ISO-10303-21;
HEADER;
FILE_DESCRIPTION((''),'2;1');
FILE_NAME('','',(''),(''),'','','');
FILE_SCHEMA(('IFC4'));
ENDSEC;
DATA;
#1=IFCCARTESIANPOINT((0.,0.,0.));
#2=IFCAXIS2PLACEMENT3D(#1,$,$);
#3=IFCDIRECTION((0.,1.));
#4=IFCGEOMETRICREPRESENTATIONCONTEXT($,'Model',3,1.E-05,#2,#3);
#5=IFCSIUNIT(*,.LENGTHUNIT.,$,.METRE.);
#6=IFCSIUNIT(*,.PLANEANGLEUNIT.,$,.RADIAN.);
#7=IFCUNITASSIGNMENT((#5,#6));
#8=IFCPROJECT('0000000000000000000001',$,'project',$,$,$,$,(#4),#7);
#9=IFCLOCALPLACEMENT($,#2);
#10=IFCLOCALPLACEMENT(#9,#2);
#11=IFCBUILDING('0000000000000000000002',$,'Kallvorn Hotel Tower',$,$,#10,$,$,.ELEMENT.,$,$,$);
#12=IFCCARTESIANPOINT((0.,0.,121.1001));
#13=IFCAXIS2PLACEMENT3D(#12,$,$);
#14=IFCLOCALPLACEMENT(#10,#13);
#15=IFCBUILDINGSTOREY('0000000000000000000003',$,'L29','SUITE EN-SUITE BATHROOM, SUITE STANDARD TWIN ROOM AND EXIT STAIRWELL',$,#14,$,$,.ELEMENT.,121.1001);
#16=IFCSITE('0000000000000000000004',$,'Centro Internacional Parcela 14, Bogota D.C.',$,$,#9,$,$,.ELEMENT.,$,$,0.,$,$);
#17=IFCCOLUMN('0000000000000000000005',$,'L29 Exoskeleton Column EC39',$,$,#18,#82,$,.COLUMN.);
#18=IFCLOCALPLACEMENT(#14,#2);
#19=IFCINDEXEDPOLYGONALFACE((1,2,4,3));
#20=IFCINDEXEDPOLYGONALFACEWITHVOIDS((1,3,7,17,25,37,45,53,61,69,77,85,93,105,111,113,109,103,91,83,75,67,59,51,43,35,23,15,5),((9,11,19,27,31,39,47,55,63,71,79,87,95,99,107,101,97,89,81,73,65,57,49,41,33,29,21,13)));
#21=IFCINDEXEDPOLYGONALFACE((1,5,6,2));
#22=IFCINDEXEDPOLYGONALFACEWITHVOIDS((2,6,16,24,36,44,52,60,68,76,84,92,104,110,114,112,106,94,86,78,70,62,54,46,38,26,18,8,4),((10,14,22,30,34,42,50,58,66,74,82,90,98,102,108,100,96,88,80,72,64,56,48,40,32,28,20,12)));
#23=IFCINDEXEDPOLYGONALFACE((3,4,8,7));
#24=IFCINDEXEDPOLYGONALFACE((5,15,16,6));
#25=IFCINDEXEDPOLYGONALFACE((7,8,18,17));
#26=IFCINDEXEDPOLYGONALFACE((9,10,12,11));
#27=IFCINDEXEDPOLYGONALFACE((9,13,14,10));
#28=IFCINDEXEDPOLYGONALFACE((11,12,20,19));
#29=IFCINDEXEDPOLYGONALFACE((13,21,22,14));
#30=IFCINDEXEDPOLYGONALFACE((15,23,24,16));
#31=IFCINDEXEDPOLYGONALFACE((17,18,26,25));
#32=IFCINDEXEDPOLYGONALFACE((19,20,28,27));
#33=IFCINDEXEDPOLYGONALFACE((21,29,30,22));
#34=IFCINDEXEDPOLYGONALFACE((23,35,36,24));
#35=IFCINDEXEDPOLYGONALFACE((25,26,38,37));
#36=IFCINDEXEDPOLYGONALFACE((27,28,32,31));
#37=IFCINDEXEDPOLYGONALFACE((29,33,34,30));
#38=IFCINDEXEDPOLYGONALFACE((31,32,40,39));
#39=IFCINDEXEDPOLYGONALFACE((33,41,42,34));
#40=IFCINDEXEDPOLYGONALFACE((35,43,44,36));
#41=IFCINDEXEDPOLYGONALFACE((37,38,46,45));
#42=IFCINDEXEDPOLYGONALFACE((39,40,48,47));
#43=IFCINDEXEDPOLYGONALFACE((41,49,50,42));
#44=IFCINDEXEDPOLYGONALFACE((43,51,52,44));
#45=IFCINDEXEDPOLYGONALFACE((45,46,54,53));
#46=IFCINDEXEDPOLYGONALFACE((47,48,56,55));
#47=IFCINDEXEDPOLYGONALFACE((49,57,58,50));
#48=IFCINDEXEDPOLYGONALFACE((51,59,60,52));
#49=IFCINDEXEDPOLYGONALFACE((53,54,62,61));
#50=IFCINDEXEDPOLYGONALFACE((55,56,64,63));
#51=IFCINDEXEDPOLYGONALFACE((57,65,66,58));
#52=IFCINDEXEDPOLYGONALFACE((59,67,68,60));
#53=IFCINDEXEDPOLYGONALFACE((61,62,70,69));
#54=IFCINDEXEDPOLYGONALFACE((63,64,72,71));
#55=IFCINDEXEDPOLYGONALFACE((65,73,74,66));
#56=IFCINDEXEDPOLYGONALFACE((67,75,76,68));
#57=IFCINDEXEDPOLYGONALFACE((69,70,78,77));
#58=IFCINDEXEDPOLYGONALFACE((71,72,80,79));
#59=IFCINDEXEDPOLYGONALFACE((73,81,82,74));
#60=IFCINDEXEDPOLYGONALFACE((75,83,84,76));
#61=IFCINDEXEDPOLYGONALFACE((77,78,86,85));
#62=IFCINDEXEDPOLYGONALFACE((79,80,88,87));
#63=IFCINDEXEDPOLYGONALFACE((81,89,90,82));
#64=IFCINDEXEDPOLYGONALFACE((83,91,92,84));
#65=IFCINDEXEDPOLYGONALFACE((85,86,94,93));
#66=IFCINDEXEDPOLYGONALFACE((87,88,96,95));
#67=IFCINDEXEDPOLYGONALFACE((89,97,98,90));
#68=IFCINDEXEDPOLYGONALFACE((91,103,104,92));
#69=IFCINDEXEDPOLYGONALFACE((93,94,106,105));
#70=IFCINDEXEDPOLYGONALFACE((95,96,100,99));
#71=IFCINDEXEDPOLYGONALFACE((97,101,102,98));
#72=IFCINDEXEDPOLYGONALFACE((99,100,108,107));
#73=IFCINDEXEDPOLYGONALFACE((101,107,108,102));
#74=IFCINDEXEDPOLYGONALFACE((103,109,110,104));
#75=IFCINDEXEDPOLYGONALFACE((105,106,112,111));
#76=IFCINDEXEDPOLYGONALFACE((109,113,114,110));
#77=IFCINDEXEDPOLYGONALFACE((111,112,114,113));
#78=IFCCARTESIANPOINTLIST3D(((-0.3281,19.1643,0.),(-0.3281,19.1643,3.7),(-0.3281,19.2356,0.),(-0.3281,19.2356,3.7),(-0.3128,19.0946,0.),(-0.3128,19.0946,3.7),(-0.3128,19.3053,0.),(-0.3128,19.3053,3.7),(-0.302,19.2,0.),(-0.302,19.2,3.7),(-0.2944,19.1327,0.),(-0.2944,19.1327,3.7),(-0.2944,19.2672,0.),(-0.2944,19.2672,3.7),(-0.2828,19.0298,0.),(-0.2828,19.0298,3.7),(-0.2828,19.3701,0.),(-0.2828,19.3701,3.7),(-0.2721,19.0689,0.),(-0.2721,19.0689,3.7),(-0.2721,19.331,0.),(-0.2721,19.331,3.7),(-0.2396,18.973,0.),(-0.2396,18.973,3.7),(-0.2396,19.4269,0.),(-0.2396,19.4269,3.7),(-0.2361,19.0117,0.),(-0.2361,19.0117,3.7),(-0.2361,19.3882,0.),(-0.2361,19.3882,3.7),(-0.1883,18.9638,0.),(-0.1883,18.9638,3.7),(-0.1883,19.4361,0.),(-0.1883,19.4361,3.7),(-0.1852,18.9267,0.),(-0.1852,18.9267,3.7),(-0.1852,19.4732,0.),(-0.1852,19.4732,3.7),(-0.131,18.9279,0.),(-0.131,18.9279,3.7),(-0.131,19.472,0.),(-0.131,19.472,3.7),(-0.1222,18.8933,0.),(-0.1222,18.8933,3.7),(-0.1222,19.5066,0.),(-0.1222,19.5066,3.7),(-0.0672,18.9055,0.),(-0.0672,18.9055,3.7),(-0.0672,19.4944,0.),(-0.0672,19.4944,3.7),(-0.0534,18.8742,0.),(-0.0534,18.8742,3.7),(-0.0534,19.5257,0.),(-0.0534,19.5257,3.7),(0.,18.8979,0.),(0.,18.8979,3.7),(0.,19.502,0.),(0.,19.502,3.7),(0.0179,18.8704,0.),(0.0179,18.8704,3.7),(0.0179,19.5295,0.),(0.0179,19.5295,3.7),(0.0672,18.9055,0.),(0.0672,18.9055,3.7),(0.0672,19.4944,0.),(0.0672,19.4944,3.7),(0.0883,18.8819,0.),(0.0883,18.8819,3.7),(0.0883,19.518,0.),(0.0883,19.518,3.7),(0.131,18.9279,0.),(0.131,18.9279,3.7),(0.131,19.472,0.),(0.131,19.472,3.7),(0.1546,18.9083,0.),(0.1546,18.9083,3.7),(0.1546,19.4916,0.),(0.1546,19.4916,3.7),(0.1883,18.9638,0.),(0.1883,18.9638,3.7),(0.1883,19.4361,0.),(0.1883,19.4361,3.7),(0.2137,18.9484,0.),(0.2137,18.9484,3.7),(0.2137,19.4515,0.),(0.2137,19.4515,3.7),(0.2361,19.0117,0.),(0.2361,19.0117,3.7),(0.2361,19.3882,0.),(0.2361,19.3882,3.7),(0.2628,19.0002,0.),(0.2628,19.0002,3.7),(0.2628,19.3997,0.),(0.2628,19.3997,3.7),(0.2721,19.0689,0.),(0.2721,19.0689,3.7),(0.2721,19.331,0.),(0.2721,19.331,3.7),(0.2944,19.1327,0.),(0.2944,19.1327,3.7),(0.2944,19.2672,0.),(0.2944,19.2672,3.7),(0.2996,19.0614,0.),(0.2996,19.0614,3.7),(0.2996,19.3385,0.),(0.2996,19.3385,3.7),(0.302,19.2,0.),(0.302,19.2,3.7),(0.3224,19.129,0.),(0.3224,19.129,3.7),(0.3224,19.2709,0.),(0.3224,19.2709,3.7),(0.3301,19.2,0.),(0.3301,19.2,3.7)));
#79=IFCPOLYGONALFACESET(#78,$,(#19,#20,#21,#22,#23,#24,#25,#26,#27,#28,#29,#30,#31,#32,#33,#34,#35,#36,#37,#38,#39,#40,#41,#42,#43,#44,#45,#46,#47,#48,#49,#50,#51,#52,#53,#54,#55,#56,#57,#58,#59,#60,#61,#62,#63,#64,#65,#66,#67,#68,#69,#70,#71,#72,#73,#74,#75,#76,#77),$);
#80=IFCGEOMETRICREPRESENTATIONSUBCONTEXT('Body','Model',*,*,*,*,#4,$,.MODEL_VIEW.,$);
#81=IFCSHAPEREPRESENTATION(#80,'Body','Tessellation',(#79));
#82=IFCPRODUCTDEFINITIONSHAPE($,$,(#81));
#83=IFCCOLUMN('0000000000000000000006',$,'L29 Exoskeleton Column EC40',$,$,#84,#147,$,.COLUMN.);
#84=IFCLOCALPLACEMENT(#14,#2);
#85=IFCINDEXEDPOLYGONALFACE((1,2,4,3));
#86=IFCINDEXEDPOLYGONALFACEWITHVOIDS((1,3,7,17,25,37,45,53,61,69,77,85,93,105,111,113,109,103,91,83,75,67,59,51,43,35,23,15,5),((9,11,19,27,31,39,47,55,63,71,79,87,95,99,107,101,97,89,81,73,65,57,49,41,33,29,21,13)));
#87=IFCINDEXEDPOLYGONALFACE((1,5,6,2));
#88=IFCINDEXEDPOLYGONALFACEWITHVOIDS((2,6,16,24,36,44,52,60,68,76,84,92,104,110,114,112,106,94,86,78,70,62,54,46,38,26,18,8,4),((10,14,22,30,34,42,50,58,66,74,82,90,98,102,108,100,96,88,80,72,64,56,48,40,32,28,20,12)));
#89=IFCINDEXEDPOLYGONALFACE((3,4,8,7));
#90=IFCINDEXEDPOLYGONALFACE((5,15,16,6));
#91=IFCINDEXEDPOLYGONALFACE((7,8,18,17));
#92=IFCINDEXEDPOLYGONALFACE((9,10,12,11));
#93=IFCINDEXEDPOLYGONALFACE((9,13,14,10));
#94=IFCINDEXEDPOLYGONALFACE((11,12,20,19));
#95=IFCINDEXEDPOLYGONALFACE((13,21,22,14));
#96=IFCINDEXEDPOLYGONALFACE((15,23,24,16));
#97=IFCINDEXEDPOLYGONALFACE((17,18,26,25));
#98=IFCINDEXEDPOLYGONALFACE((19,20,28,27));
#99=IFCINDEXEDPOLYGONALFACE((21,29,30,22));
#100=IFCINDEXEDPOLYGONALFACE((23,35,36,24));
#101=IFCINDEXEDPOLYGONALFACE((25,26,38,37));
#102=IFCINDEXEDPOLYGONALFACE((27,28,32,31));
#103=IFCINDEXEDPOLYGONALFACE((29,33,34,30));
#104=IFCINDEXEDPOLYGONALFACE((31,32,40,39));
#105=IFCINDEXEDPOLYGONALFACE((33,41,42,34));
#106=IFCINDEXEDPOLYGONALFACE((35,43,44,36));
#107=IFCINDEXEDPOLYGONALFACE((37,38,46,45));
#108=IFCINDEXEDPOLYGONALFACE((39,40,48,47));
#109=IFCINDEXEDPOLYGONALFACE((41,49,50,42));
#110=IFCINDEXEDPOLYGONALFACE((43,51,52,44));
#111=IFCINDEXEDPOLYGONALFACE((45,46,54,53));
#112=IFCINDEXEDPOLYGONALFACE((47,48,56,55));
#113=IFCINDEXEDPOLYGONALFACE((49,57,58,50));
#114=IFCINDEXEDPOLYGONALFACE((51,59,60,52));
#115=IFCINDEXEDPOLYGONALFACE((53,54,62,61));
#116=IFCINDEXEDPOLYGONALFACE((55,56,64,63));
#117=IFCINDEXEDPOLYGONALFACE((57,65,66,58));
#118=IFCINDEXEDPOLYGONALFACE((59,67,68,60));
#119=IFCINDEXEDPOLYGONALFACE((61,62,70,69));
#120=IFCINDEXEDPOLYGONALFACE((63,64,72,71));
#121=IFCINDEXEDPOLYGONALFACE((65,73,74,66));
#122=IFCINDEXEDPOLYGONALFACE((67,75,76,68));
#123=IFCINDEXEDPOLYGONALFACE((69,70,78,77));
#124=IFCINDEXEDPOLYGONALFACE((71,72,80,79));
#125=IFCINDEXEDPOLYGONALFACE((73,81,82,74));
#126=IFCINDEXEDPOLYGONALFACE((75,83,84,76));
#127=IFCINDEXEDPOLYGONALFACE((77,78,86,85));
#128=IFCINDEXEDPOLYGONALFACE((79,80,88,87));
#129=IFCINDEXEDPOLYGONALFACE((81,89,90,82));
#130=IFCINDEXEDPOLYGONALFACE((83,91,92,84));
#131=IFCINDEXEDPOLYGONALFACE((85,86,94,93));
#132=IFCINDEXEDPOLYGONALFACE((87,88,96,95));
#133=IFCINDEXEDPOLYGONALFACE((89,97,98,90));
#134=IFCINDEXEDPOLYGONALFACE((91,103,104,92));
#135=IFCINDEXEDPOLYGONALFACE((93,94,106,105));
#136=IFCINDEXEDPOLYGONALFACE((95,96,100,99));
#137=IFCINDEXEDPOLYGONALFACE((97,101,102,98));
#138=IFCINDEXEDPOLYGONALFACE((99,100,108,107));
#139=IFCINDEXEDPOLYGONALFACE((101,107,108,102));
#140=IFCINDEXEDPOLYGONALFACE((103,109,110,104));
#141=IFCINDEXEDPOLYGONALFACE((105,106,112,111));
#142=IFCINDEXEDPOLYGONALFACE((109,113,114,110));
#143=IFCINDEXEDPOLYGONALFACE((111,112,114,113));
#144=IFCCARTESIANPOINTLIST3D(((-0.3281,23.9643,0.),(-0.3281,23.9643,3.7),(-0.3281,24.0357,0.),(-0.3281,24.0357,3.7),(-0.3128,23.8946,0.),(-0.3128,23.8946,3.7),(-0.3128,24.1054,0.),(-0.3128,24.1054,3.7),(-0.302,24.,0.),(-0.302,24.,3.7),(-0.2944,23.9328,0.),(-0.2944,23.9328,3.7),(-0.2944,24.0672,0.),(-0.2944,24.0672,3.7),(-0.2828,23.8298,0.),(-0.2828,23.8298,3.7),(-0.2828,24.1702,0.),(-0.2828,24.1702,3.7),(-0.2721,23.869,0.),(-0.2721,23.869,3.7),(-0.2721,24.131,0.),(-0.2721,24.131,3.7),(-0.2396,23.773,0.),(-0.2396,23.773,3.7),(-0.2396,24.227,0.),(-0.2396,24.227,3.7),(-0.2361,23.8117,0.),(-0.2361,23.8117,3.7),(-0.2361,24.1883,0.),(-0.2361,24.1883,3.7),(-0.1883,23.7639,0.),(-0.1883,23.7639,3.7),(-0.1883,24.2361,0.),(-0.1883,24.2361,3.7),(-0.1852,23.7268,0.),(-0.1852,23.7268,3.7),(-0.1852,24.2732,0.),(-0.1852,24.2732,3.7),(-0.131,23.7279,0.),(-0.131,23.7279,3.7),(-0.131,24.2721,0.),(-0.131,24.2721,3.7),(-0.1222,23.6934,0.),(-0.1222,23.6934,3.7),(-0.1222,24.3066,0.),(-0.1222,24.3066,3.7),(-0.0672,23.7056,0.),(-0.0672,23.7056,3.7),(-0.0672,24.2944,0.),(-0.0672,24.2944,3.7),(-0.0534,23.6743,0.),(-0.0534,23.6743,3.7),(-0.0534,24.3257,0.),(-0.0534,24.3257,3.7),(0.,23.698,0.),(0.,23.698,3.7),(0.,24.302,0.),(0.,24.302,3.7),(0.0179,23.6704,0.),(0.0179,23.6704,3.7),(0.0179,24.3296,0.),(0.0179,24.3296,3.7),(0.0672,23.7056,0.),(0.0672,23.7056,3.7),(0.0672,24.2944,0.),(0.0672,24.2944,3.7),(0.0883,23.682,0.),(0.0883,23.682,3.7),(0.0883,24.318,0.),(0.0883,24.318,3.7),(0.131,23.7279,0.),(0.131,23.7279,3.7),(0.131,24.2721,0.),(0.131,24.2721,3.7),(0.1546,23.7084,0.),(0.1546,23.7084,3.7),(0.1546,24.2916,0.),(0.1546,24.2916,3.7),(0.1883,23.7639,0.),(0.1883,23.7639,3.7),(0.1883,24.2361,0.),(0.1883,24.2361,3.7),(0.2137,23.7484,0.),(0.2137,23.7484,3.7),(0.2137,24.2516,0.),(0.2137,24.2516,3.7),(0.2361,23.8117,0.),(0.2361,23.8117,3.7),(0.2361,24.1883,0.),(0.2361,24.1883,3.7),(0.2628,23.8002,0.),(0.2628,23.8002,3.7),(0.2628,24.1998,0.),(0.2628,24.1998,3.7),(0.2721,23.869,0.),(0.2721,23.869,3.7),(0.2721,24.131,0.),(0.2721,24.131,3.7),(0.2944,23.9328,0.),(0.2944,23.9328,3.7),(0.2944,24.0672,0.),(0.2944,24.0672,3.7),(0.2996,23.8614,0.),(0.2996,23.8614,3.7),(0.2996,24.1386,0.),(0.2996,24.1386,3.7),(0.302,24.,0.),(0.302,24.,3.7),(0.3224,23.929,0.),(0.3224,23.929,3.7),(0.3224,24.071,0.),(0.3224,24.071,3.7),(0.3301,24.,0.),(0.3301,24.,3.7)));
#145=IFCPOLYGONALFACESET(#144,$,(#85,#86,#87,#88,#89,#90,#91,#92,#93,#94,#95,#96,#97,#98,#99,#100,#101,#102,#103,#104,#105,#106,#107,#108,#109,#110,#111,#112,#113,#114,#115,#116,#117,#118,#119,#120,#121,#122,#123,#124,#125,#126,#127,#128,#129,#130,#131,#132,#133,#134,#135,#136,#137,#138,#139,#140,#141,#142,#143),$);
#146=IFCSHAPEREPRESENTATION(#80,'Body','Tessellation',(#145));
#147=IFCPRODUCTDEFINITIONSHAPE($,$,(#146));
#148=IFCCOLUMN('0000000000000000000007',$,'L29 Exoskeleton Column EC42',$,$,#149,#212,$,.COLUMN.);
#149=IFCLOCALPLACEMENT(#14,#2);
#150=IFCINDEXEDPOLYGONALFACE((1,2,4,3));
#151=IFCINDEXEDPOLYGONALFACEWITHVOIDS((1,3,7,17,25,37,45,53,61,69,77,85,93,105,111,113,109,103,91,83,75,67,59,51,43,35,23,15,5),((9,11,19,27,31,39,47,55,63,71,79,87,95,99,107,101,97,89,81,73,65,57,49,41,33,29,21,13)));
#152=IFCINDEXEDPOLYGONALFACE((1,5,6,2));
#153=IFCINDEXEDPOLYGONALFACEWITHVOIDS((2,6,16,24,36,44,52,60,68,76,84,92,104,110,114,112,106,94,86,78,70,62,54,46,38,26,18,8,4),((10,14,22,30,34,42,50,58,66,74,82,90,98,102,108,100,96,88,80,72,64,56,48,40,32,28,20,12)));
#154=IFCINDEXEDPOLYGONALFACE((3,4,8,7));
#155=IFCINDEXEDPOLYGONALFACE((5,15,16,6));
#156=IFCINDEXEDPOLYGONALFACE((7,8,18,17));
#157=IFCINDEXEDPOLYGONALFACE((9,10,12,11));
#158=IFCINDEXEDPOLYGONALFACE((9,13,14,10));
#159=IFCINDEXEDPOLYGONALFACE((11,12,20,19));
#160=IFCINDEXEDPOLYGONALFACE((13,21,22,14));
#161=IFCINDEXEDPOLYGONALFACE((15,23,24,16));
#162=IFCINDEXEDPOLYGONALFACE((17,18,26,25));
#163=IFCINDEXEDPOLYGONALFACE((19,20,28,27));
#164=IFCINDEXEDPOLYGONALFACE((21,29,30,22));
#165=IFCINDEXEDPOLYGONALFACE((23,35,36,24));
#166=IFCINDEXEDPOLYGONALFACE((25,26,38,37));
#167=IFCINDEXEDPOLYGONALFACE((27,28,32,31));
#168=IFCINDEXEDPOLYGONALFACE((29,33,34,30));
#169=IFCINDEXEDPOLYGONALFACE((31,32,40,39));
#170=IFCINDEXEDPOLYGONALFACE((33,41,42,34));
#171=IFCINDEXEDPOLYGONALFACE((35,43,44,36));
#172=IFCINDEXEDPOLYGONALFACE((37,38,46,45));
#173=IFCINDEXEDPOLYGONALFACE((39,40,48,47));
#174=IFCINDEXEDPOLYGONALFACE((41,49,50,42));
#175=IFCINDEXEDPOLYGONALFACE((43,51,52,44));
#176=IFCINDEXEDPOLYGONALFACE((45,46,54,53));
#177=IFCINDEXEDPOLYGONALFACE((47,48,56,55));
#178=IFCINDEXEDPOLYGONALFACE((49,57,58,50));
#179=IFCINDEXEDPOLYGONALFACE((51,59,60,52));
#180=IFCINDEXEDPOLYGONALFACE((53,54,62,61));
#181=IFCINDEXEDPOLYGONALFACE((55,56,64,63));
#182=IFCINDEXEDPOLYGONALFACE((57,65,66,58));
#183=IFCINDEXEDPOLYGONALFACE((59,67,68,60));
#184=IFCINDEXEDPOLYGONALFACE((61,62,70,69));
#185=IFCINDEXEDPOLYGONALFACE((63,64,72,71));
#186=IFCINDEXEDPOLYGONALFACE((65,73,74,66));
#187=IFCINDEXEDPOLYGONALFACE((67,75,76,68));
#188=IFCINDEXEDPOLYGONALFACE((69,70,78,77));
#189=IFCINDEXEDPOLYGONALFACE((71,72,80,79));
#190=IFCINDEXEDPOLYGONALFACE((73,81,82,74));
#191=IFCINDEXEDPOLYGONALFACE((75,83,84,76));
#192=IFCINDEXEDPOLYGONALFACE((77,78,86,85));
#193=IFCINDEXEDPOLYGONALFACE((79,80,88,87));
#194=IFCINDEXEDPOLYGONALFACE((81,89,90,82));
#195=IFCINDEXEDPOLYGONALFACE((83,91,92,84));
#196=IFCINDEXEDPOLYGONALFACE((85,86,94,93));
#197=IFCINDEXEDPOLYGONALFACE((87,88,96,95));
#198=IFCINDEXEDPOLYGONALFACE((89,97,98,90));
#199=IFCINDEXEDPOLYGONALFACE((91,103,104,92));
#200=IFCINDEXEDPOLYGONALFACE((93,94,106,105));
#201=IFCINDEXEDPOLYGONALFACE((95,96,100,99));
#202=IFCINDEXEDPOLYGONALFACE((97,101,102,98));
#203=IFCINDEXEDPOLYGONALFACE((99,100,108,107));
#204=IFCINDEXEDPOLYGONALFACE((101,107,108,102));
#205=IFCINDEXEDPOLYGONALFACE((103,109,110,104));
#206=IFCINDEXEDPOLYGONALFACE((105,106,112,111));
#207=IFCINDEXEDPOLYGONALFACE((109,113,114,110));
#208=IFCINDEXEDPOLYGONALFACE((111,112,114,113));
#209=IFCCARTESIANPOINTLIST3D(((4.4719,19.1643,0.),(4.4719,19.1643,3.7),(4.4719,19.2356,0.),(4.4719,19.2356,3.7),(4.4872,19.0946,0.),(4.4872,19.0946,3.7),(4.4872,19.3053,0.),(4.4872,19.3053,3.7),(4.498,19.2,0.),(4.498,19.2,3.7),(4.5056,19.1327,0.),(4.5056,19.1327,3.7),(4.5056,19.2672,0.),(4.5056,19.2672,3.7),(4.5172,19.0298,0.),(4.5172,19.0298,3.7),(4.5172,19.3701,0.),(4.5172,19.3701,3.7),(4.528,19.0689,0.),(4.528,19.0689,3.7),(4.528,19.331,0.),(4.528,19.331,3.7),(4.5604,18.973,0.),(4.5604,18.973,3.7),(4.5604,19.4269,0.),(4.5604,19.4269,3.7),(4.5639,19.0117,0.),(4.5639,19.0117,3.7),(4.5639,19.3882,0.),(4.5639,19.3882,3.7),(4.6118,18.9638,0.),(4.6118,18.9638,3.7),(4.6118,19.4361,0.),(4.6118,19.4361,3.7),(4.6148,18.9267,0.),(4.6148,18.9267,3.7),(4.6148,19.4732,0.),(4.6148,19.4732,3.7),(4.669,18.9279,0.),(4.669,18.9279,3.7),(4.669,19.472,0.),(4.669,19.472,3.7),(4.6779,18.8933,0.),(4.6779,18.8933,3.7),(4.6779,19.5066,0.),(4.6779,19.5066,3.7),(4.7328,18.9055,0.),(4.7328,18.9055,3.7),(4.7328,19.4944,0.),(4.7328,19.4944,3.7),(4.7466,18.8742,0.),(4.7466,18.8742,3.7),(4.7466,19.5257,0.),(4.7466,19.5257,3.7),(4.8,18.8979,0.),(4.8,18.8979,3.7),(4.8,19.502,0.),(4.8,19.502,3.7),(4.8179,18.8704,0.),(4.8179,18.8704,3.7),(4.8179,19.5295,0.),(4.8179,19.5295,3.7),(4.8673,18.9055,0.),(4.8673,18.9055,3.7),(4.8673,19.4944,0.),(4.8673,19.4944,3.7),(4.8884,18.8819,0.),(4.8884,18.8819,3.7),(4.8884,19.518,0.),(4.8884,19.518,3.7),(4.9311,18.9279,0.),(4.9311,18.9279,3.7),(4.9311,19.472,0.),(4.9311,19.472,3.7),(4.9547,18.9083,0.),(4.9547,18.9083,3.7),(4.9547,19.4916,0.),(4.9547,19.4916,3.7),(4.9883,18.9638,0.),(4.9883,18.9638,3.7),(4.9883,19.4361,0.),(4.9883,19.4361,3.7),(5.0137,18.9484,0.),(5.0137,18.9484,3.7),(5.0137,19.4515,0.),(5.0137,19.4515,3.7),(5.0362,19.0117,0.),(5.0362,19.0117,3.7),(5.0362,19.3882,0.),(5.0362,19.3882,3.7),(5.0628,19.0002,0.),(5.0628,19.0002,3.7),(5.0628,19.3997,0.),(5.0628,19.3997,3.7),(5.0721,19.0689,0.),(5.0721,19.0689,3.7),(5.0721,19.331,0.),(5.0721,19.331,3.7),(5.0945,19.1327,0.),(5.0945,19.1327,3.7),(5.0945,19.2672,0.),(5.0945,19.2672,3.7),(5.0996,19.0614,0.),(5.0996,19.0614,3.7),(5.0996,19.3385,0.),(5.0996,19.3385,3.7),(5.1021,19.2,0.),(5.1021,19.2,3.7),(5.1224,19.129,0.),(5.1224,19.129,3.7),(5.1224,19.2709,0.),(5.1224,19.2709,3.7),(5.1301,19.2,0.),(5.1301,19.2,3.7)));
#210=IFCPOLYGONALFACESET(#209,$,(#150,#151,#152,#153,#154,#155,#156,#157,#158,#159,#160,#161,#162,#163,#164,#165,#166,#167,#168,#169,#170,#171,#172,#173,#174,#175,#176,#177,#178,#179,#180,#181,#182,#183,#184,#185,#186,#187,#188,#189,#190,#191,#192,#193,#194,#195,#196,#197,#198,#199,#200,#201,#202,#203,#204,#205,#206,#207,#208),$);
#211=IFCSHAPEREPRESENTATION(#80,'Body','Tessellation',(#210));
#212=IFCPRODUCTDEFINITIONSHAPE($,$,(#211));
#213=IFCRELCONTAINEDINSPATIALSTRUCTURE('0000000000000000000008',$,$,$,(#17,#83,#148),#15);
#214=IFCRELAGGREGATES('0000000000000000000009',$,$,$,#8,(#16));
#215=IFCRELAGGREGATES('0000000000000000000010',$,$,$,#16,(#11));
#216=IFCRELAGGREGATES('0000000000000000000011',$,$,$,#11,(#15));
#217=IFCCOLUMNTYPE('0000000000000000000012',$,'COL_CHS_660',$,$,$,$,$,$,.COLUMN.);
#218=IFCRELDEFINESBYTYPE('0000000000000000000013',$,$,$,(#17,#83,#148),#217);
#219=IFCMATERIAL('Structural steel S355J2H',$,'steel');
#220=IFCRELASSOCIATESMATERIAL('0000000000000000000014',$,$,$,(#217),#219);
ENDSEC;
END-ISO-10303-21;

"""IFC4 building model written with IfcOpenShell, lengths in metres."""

from ifc_helpers import new_model, si_unit, direction, frame, origin, origin_2d, place, context, subcontext, project, spatial, hollow_circle, extrude, material, material_profile, profile_set, type_object, element, save


model = new_model("IFC4")

# Units and contexts
model_context = context("Model", 3, precision=1e-05, world=origin(), true_north=direction((0.0, 1.0)))
body_context = subcontext(model_context, "Body", "Model", "MODEL_VIEW")
ifc_project = project(units=[si_unit("LENGTHUNIT", "METRE"), si_unit("PLANEANGLEUNIT", "RADIAN")], contexts=[model_context])

# Site, building, storey
site_placement = place(None, origin())
site = spatial("IfcSite", under=ifc_project, at=site_placement, Name="Centro Internacional Parcela 14, Bogota D.C.", CompositionType="ELEMENT", RefElevation=0.0)
building_placement = place(site_placement, origin())
building = spatial("IfcBuilding", under=site, at=building_placement, Name="Kallvorn Hotel Tower", CompositionType="ELEMENT")
storey_placement = place(building_placement, frame((0.0, 0.0, 121.1001)))
storey = spatial("IfcBuildingStorey", under=building, at=storey_placement, Name="L29", Description="SUITE EN-SUITE BATHROOM, SUITE STANDARD TWIN ROOM AND EXIT STAIRWELL", CompositionType="ELEMENT", Elevation=121.1001)

# Columns
ifc_material_1 = material(Name="Structural steel S355J2H", Category="steel")
ifc_material_profile_1 = material_profile(ifc_material_1, hollow_circle(Radius=0.3301, WallThickness=0.0281, at=origin_2d()), Name="CHS 660x28")
ifc_profile_set_1 = profile_set([ifc_material_profile_1], Name="Structural steel S355J2H")
column_type_1 = type_object("IfcColumnType", Name="COL_CHS_660", PredefinedType="COLUMN", material=ifc_profile_set_1)
for number, where, z_axis, x_axis, name in (
    (1, (0.0, 19.2, 0.0), (0.0, 0.0, 1.0), (1.0, 0.0, 0.0), "L29 Exoskeleton Column EC39"),
    (2, (0.0, 24.0, 0.0), (0.0, 0.0, 1.0), (1.0, 0.0, 0.0), "L29 Exoskeleton Column EC40"),
    (3, (4.8, 19.2, 0.0), (0.0, 0.0, 1.0), (1.0, 0.0, 0.0), "L29 Exoskeleton Column EC42"),
):
    element("IfcColumn", number, at=place(storey_placement, frame(where, z_axis=z_axis, x_axis=x_axis)), inside=storey, type_object=column_type_1, Name=name, PredefinedType="COLUMN", context=body_context, shape_type="SweptSolid", body=[
        extrude(hollow_circle(Radius=0.3301, WallThickness=0.0281, at=origin_2d()), origin(), (0.0, 0.0, 1.0), 3.7),
    ])

save(model, "model.ifc")
